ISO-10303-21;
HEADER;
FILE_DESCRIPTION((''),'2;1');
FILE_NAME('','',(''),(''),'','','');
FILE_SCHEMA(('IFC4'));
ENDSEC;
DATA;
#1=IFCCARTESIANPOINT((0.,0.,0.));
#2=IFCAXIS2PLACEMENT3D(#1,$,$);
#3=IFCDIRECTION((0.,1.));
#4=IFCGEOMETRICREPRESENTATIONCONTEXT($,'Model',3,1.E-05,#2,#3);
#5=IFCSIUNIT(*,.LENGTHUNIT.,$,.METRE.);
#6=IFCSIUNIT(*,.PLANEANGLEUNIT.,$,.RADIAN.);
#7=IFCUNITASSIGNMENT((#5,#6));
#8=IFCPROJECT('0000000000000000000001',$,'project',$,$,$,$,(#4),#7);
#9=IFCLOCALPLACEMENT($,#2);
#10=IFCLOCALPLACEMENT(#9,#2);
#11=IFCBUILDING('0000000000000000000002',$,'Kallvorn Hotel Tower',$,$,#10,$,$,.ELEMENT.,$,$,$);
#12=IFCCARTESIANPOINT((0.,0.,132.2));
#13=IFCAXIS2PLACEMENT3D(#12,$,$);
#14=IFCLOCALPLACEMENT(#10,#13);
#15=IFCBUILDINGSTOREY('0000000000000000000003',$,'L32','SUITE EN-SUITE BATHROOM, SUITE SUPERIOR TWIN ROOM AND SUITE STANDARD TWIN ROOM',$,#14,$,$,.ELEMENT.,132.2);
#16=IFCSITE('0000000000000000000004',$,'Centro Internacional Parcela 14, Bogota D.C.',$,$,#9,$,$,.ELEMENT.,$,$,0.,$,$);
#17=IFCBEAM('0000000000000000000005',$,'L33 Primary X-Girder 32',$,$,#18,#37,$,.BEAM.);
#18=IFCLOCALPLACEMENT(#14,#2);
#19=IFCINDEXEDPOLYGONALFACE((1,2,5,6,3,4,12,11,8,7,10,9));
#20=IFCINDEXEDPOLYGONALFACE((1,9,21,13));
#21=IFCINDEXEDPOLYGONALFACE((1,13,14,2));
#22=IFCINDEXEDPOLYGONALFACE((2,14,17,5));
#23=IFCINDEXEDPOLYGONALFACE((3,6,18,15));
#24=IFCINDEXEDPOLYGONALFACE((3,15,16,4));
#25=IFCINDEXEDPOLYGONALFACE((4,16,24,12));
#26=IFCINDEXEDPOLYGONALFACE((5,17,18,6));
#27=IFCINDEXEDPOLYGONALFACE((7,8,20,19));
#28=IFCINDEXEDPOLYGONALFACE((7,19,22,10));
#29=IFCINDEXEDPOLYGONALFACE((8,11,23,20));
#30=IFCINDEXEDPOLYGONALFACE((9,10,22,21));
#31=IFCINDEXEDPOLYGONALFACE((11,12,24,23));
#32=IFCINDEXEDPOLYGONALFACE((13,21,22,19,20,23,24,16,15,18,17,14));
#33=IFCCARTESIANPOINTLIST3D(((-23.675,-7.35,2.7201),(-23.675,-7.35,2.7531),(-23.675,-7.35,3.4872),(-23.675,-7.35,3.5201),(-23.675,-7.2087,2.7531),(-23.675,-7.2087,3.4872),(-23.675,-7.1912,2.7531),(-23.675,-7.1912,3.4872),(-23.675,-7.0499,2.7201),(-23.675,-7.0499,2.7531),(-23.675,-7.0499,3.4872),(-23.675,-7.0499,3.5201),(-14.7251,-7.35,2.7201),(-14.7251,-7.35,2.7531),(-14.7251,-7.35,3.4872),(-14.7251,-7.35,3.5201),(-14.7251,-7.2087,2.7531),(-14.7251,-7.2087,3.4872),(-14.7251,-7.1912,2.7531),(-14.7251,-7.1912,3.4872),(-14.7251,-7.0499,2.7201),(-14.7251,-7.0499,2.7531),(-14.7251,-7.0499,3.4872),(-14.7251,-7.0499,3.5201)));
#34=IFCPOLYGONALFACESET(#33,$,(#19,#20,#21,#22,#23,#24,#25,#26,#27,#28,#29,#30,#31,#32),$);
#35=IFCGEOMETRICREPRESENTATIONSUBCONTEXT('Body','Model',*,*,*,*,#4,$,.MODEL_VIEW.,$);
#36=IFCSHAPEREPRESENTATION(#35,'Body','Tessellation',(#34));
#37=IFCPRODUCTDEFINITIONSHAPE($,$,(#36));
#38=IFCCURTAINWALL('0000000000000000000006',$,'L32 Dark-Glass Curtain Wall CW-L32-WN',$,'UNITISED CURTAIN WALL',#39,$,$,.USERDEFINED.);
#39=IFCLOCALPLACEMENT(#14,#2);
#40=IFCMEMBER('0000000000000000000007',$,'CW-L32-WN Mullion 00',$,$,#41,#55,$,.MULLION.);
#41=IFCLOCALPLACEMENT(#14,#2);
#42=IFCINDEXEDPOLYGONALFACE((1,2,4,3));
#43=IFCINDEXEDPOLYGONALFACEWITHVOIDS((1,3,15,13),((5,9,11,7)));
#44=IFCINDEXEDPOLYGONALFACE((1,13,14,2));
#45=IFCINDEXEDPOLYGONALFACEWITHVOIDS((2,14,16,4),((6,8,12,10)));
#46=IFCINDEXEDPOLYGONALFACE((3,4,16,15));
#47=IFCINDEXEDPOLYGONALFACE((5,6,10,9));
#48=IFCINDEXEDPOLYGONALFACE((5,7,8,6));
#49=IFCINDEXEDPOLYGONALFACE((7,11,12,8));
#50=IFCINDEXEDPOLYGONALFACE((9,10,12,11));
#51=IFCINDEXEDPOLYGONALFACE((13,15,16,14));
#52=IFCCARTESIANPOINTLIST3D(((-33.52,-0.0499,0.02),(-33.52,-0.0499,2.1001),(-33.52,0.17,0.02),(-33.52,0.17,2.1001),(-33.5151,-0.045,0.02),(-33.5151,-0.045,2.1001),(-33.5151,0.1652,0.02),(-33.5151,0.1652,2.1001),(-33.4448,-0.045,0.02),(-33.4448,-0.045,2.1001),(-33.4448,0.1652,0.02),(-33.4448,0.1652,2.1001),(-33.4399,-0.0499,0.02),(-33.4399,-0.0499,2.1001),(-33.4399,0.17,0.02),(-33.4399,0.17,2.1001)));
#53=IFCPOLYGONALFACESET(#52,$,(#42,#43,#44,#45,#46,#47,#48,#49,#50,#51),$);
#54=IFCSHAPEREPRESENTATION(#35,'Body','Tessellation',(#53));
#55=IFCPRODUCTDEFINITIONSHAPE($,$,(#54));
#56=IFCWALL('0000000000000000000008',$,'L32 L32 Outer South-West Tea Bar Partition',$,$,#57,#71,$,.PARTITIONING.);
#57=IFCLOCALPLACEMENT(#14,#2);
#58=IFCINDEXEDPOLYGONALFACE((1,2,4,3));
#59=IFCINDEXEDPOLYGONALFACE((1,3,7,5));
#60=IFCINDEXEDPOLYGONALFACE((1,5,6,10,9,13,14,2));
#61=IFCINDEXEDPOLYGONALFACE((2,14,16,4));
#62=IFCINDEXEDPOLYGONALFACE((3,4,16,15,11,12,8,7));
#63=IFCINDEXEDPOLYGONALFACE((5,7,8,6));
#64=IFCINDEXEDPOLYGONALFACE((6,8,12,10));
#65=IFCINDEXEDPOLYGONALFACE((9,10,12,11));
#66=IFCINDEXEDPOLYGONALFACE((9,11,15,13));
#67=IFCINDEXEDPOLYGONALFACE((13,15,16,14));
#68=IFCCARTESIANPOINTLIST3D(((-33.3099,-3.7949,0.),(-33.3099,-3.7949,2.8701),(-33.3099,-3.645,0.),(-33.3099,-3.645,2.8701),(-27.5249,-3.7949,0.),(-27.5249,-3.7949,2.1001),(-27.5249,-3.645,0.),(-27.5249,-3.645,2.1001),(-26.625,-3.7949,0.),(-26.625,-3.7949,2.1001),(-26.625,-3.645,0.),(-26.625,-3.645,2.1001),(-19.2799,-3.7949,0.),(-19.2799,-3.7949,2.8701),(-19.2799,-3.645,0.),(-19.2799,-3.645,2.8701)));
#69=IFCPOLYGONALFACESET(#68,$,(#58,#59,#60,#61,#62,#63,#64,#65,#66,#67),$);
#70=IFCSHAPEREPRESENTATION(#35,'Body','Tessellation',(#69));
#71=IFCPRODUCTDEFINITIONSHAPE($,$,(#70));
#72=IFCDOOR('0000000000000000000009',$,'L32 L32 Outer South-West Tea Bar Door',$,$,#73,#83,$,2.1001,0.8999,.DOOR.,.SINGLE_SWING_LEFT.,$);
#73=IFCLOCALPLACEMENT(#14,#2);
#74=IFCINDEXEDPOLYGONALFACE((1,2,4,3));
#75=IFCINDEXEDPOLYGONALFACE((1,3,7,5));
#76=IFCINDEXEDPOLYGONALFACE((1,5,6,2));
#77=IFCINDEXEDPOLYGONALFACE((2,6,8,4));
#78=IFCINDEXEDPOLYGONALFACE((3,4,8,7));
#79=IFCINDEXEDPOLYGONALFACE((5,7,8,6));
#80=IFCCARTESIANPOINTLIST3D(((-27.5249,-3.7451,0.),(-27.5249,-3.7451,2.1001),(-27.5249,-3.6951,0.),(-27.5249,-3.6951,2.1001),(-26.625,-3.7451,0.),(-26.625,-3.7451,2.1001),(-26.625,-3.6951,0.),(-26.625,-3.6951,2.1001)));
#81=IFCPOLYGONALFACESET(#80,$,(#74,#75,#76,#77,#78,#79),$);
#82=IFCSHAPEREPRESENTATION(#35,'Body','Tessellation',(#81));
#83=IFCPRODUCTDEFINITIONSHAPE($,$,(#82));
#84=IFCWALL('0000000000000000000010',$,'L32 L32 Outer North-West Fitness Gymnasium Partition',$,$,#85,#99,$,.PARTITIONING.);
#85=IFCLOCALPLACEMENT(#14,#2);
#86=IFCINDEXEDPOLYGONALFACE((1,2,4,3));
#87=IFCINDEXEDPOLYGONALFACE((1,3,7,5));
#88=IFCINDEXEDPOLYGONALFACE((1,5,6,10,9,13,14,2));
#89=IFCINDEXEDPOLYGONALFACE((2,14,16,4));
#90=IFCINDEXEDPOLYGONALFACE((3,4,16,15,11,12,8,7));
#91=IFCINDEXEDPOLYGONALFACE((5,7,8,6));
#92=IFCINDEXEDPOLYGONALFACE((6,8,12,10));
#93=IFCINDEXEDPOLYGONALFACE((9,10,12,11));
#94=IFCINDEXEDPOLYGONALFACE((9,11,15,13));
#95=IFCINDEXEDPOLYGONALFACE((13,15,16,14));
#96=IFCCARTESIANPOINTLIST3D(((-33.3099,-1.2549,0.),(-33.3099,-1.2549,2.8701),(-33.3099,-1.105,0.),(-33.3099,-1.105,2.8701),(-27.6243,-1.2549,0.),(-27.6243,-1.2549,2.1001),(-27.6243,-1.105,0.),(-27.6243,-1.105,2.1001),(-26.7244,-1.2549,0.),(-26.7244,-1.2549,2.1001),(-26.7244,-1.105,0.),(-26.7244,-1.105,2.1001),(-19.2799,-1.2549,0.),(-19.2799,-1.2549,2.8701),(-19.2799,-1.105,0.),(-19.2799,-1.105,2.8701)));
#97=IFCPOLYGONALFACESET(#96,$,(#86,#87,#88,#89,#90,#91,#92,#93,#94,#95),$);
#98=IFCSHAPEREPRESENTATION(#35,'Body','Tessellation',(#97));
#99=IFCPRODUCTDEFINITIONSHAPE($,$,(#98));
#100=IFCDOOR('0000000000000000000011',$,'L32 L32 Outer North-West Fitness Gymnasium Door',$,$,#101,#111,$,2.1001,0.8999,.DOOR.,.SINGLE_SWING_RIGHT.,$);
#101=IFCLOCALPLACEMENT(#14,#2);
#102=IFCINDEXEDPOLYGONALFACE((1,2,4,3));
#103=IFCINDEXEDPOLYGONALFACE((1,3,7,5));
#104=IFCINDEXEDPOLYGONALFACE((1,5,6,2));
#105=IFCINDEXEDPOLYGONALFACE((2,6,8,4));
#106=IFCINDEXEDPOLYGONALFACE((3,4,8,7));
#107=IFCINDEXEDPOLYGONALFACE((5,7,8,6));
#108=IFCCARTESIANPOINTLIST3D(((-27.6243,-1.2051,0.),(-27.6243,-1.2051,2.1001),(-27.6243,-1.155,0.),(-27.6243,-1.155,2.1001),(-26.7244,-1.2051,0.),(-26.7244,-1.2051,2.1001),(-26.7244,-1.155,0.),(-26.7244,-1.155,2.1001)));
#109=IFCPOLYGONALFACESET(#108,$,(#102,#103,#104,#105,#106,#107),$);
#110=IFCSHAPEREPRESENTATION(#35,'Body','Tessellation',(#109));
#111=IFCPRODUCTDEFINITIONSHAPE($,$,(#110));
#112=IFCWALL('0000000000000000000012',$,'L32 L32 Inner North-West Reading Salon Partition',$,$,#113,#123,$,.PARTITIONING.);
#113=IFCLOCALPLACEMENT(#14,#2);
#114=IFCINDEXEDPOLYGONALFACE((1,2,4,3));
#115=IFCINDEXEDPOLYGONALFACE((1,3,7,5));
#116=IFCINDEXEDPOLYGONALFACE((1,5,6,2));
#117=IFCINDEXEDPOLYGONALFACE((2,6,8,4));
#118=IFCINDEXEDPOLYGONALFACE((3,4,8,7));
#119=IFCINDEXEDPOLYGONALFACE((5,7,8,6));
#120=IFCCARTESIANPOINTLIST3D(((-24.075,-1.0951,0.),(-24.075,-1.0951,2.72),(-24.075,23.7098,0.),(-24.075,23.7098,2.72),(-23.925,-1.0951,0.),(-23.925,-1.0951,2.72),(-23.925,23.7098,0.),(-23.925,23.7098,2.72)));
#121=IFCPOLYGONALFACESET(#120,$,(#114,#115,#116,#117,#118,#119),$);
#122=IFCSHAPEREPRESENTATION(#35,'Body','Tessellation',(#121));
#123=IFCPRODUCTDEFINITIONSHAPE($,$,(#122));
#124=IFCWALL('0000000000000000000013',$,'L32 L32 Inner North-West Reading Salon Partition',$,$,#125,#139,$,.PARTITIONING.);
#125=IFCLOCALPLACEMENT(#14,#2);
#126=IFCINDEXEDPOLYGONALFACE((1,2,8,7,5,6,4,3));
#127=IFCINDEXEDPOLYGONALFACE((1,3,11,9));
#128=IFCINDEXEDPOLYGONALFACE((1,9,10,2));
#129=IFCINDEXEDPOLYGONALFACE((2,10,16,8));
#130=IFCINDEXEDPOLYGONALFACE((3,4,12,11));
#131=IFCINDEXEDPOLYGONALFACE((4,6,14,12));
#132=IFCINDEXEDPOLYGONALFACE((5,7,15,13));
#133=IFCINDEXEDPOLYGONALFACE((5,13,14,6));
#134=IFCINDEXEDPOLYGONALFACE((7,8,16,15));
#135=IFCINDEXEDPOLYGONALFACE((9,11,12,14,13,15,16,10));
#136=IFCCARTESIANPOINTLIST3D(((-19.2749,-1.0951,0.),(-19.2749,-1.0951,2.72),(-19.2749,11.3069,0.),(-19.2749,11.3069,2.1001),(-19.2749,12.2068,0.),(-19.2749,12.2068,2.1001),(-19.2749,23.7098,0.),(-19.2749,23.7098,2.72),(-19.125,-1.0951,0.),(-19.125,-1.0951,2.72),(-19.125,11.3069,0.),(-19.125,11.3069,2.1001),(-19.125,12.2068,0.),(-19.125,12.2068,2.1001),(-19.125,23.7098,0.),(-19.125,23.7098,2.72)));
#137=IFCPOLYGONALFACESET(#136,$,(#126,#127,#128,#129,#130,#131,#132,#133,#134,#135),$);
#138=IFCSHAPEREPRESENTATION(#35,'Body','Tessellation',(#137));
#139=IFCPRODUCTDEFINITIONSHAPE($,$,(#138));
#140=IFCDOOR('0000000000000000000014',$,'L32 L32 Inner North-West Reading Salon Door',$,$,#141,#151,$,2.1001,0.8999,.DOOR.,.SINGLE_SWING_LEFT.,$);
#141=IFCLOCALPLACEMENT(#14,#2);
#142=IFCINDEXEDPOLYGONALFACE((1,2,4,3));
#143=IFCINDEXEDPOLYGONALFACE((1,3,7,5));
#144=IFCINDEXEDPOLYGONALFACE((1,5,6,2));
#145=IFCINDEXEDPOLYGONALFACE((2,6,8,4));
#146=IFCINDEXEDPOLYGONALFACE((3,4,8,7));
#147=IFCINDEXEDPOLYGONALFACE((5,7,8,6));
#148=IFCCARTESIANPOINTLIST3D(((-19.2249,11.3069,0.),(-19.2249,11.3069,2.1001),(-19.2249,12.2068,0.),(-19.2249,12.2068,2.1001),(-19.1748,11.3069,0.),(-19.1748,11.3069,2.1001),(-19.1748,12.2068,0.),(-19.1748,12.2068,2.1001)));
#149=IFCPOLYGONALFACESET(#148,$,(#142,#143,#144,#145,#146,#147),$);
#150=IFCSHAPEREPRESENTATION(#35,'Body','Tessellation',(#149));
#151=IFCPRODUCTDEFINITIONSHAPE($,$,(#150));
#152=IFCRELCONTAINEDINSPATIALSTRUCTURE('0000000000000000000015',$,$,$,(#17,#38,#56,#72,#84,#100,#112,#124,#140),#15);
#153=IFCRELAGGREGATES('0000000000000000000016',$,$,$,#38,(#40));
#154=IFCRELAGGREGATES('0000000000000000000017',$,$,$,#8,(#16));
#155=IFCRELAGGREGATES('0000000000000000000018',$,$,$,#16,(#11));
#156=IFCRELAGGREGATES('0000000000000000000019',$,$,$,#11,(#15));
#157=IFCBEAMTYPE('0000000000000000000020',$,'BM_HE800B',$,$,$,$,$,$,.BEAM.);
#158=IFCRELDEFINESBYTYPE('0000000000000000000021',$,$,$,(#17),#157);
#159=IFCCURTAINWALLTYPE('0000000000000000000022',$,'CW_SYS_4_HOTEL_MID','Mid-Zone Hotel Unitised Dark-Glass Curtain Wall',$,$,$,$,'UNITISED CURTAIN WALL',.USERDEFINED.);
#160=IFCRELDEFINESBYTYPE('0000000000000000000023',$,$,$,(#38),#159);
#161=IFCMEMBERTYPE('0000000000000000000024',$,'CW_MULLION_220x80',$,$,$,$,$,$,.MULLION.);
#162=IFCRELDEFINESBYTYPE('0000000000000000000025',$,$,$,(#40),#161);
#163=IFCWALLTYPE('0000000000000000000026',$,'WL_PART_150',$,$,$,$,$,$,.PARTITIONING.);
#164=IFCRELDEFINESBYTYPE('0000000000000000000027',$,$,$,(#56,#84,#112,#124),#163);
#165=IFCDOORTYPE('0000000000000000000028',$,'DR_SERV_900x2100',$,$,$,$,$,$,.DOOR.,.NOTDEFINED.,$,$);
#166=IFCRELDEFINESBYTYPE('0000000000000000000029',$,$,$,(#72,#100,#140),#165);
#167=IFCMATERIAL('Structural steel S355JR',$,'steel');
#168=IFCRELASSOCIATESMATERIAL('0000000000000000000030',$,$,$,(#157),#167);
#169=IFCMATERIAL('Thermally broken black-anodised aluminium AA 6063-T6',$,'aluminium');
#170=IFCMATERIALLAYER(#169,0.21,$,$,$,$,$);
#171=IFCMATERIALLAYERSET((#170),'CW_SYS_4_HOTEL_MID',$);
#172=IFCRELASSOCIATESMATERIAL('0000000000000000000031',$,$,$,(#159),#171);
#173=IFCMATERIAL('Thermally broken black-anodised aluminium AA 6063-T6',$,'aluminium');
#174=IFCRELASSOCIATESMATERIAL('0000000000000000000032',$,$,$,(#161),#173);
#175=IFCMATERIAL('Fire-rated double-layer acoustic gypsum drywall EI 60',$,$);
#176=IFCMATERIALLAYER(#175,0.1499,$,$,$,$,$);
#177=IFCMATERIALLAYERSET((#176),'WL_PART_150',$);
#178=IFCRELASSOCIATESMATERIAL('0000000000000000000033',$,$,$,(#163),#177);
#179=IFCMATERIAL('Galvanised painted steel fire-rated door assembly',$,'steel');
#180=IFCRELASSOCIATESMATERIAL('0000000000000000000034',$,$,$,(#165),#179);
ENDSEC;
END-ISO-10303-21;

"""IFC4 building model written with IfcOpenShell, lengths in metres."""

from ifc_helpers import new_model, si_unit, direction, frame, frame_2d, origin, origin_2d, place, context, subcontext, project, spatial, rectangle, hollow_rectangle, i_section, extrude, material, layer, layer_set, material_profile, profile_set, type_object, element, fill, aggregate, save


model = new_model("IFC4")

# Units and contexts
model_context = context("Model", 3, precision=1e-05, world=origin(), true_north=direction((0.0, 1.0)))
body_context = subcontext(model_context, "Body", "Model", "MODEL_VIEW")
ifc_project = project(units=[si_unit("LENGTHUNIT", "METRE"), si_unit("PLANEANGLEUNIT", "RADIAN")], contexts=[model_context])

# Site, building, storey
site_placement = place(None, origin())
site = spatial("IfcSite", under=ifc_project, at=site_placement, Name="Centro Internacional Parcela 14, Bogota D.C.", CompositionType="ELEMENT", RefElevation=0.0)
building_placement = place(site_placement, origin())
building = spatial("IfcBuilding", under=site, at=building_placement, Name="Kallvorn Hotel Tower", CompositionType="ELEMENT")
storey_placement = place(building_placement, frame((0.0, 0.0, 132.2)))
storey = spatial("IfcBuildingStorey", under=building, at=storey_placement, Name="L32", Description="SUITE EN-SUITE BATHROOM, SUITE SUPERIOR TWIN ROOM AND SUITE STANDARD TWIN ROOM", CompositionType="ELEMENT", Elevation=132.2)

# Beam
ifc_material_1 = material(Name="Structural steel S355JR", Category="steel")
ifc_material_profile_1 = material_profile(ifc_material_1, i_section(OverallWidth=0.3, OverallDepth=0.8, WebThickness=0.0176, FlangeThickness=0.033, at=origin_2d()), Name="HE 800 B")
ifc_profile_set_1 = profile_set([ifc_material_profile_1], Name="Structural steel S355JR")
beam_type_1 = type_object("IfcBeamType", Name="BM_HE800B", PredefinedType="BEAM", material=ifc_profile_set_1)
beam_1_placement = place(storey_placement, frame((-23.675, -7.2, 3.1201), z_axis=(1.0, 0.0, 0.0), x_axis=(0.0, 1.0, 0.0)))
element("IfcBeam", 1, at=beam_1_placement, inside=storey, type_object=beam_type_1, Name="L33 Primary X-Girder 32", PredefinedType="BEAM", context=body_context, shape_type="SweptSolid", body=[
    extrude(i_section(OverallWidth=0.3, OverallDepth=0.8, WebThickness=0.0176, FlangeThickness=0.033, at=origin_2d()), origin(), (0.0, 0.0, 1.0), 8.95),
])

# Curtain wall, member
ifc_material_2 = material(Name="Thermally broken black-anodised aluminium AA 6063-T6", Category="aluminium")
ifc_layer_1 = layer(ifc_material_2, 0.21)
ifc_layer_set_1 = layer_set([ifc_layer_1], Name="CW_SYS_4_HOTEL_MID")
curtain_wall_type = type_object("IfcCurtainWallType", Name="CW_SYS_4_HOTEL_MID", Description="Mid-Zone Hotel Unitised Dark-Glass Curtain Wall", ElementType="UNITISED CURTAIN WALL", PredefinedType="USERDEFINED", material=ifc_layer_set_1)
curtain_wall_placement = place(storey_placement, origin())
curtain_wall = element("IfcCurtainWall", 2, at=curtain_wall_placement, inside=storey, type_object=curtain_wall_type, Name="L32 Dark-Glass Curtain Wall CW-L32-WN", ObjectType="UNITISED CURTAIN WALL", PredefinedType="USERDEFINED")
ifc_material_3 = material(Name="Thermally broken black-anodised aluminium AA 6063-T6", Category="aluminium")
ifc_material_profile_2 = material_profile(ifc_material_3, hollow_rectangle(XDim=0.0801, YDim=0.22, WallThickness=0.0049, at=origin_2d()), Name="MUL 220x80")
ifc_profile_set_2 = profile_set([ifc_material_profile_2], Name="Thermally broken black-anodised aluminium AA 6063-T6")
member_type = type_object("IfcMemberType", Name="CW_MULLION_220x80", PredefinedType="MULLION", material=ifc_profile_set_2)
member_placement = place(storey_placement, frame((-33.48, 0.0601, 0.02), z_axis=(0.0, 0.0, 1.0), x_axis=(1.0, 0.0, 0.0)))
member = element("IfcMember", 3, at=member_placement, type_object=member_type, Name="CW-L32-WN Mullion 00", PredefinedType="MULLION", context=body_context, shape_type="SweptSolid", body=[
    extrude(hollow_rectangle(XDim=0.0801, YDim=0.22, WallThickness=0.0049, at=origin_2d()), origin(), (0.0, 0.0, 1.0), 2.0801),
])
aggregate(curtain_wall, [member])

# Walls, openings, doors
ifc_material_4 = material(Name="Fire-rated double-layer acoustic gypsum drywall EI 60")
ifc_layer_2 = layer(ifc_material_4, 0.1499)
ifc_layer_set_2 = layer_set([ifc_layer_2], Name="WL_PART_150")
wall_type = type_object("IfcWallType", Name="WL_PART_150", PredefinedType="PARTITIONING", material=ifc_layer_set_2)
wall_1_placement = place(storey_placement, frame((-33.3101, -3.72, 0.0), z_axis=(0.0, 0.0, 1.0), x_axis=(1.0, 0.0, 0.0)))
wall_1 = element("IfcWall", 4, at=wall_1_placement, inside=storey, type_object=wall_type, Name="L32 L32 Outer South-West Tea Bar Partition", PredefinedType="PARTITIONING", context=body_context, shape_type="SweptSolid", body=[
    extrude(rectangle(XDim=14.03, YDim=0.1499, at=frame_2d((7.0151, 0.0))), origin(), (0.0, 0.0, 1.0), 2.8701),
])
opening_1_placement = place(wall_1_placement, frame((5.7852, 0.0, 0.0)))
opening_1 = element("IfcOpeningElement", 5, at=opening_1_placement, cuts=wall_1, PredefinedType="OPENING", context=body_context, shape_type="SweptSolid", body=[
    extrude(rectangle(XDim=0.8999, YDim=2.1001, at=frame_2d((0.45, 1.05))), frame((0.0, 0.0898, 0.0), z_axis=(0.0, -1.0, 0.0), x_axis=(1.0, 0.0, 0.0)), (0.0, 0.0, 1.0), 0.1799),
])
ifc_material_5 = material(Name="Galvanised painted steel fire-rated door assembly", Category="steel")
door_type = type_object("IfcDoorType", Name="DR_SERV_900x2100", OperationType="NOTDEFINED", PredefinedType="DOOR", material=ifc_material_5)
door_1_placement = place(opening_1_placement, origin())
door_1 = element("IfcDoor", 6, at=door_1_placement, inside=storey, type_object=door_type, Name="L32 L32 Outer South-West Tea Bar Door", OperationType="SINGLE_SWING_LEFT", OverallHeight=2.1001, OverallWidth=0.8999, PredefinedType="DOOR", context=body_context, shape_type="SweptSolid", body=[
    extrude(rectangle(XDim=0.8999, YDim=2.1001, at=frame_2d((0.45, 1.05))), frame((0.0, 0.0249, 0.0), z_axis=(0.0, -1.0, 0.0), x_axis=(1.0, 0.0, 0.0)), (0.0, 0.0, 1.0), 0.05),
])
fill(opening_1, door_1)
wall_2_placement = place(storey_placement, frame((-33.3101, -1.1799, 0.0), z_axis=(0.0, 0.0, 1.0), x_axis=(1.0, 0.0, 0.0)))
wall_2 = element("IfcWall", 7, at=wall_2_placement, inside=storey, type_object=wall_type, Name="L32 L32 Outer North-West Fitness Gymnasium Partition", PredefinedType="PARTITIONING", context=body_context, shape_type="SweptSolid", body=[
    extrude(rectangle(XDim=14.03, YDim=0.1499, at=frame_2d((7.0151, 0.0))), origin(), (0.0, 0.0, 1.0), 2.8701),
])
opening_2_placement = place(wall_2_placement, frame((5.6858, 0.0, 0.0)))
opening_2 = element("IfcOpeningElement", 8, at=opening_2_placement, cuts=wall_2, PredefinedType="OPENING", context=body_context, shape_type="SweptSolid", body=[
    extrude(rectangle(XDim=0.8999, YDim=2.1001, at=frame_2d((0.45, 1.05))), frame((0.0, 0.0898, 0.0), z_axis=(0.0, -1.0, 0.0), x_axis=(1.0, 0.0, 0.0)), (0.0, 0.0, 1.0), 0.1799),
])
door_2_placement = place(opening_2_placement, origin())
door_2 = element("IfcDoor", 9, at=door_2_placement, inside=storey, type_object=door_type, Name="L32 L32 Outer North-West Fitness Gymnasium Door", OperationType="SINGLE_SWING_RIGHT", OverallHeight=2.1001, OverallWidth=0.8999, PredefinedType="DOOR", context=body_context, shape_type="SweptSolid", body=[
    extrude(rectangle(XDim=0.8999, YDim=2.1001, at=frame_2d((0.45, 1.05))), frame((0.0, 0.0249, 0.0), z_axis=(0.0, -1.0, 0.0), x_axis=(1.0, 0.0, 0.0)), (0.0, 0.0, 1.0), 0.05),
])
fill(opening_2, door_2)

# Wall
wall_3_placement = place(storey_placement, frame((-24.0, -1.095, 0.0), z_axis=(0.0, 0.0, 1.0), x_axis=(0.0, 1.0, 0.0)))
element("IfcWall", 10, at=wall_3_placement, inside=storey, type_object=wall_type, Name="L32 L32 Inner North-West Reading Salon Partition", PredefinedType="PARTITIONING", context=body_context, shape_type="SweptSolid", body=[
    extrude(rectangle(XDim=24.8049, YDim=0.1499, at=frame_2d((12.4023, 0.0))), origin(), (0.0, 0.0, 1.0), 2.72),
])

# Wall, opening, door
wall_4_placement = place(storey_placement, frame((-19.2, -1.095, 0.0), z_axis=(0.0, 0.0, 1.0), x_axis=(0.0, 1.0, 0.0)))
wall_4 = element("IfcWall", 11, at=wall_4_placement, inside=storey, type_object=wall_type, Name="L32 L32 Inner North-West Reading Salon Partition", PredefinedType="PARTITIONING", context=body_context, shape_type="SweptSolid", body=[
    extrude(rectangle(XDim=24.8049, YDim=0.1499, at=frame_2d((12.4023, 0.0))), origin(), (0.0, 0.0, 1.0), 2.72),
])
opening_3_placement = place(wall_4_placement, frame((12.4019, 0.0, 0.0)))
opening_3 = element("IfcOpeningElement", 12, at=opening_3_placement, cuts=wall_4, PredefinedType="OPENING", context=body_context, shape_type="SweptSolid", body=[
    extrude(rectangle(XDim=0.8999, YDim=2.1001, at=frame_2d((0.45, 1.05))), frame((0.0, 0.0898, 0.0), z_axis=(0.0, -1.0, 0.0), x_axis=(1.0, 0.0, 0.0)), (0.0, 0.0, 1.0), 0.1799),
])
door_3_placement = place(opening_3_placement, origin())
door_3 = element("IfcDoor", 13, at=door_3_placement, inside=storey, type_object=door_type, Name="L32 L32 Inner North-West Reading Salon Door", OperationType="SINGLE_SWING_LEFT", OverallHeight=2.1001, OverallWidth=0.8999, PredefinedType="DOOR", context=body_context, shape_type="SweptSolid", body=[
    extrude(rectangle(XDim=0.8999, YDim=2.1001, at=frame_2d((0.45, 1.05))), frame((0.0, 0.0249, 0.0), z_axis=(0.0, -1.0, 0.0), x_axis=(1.0, 0.0, 0.0)), (0.0, 0.0, 1.0), 0.05),
])
fill(opening_3, door_3)

save(model, "model.ifc")
